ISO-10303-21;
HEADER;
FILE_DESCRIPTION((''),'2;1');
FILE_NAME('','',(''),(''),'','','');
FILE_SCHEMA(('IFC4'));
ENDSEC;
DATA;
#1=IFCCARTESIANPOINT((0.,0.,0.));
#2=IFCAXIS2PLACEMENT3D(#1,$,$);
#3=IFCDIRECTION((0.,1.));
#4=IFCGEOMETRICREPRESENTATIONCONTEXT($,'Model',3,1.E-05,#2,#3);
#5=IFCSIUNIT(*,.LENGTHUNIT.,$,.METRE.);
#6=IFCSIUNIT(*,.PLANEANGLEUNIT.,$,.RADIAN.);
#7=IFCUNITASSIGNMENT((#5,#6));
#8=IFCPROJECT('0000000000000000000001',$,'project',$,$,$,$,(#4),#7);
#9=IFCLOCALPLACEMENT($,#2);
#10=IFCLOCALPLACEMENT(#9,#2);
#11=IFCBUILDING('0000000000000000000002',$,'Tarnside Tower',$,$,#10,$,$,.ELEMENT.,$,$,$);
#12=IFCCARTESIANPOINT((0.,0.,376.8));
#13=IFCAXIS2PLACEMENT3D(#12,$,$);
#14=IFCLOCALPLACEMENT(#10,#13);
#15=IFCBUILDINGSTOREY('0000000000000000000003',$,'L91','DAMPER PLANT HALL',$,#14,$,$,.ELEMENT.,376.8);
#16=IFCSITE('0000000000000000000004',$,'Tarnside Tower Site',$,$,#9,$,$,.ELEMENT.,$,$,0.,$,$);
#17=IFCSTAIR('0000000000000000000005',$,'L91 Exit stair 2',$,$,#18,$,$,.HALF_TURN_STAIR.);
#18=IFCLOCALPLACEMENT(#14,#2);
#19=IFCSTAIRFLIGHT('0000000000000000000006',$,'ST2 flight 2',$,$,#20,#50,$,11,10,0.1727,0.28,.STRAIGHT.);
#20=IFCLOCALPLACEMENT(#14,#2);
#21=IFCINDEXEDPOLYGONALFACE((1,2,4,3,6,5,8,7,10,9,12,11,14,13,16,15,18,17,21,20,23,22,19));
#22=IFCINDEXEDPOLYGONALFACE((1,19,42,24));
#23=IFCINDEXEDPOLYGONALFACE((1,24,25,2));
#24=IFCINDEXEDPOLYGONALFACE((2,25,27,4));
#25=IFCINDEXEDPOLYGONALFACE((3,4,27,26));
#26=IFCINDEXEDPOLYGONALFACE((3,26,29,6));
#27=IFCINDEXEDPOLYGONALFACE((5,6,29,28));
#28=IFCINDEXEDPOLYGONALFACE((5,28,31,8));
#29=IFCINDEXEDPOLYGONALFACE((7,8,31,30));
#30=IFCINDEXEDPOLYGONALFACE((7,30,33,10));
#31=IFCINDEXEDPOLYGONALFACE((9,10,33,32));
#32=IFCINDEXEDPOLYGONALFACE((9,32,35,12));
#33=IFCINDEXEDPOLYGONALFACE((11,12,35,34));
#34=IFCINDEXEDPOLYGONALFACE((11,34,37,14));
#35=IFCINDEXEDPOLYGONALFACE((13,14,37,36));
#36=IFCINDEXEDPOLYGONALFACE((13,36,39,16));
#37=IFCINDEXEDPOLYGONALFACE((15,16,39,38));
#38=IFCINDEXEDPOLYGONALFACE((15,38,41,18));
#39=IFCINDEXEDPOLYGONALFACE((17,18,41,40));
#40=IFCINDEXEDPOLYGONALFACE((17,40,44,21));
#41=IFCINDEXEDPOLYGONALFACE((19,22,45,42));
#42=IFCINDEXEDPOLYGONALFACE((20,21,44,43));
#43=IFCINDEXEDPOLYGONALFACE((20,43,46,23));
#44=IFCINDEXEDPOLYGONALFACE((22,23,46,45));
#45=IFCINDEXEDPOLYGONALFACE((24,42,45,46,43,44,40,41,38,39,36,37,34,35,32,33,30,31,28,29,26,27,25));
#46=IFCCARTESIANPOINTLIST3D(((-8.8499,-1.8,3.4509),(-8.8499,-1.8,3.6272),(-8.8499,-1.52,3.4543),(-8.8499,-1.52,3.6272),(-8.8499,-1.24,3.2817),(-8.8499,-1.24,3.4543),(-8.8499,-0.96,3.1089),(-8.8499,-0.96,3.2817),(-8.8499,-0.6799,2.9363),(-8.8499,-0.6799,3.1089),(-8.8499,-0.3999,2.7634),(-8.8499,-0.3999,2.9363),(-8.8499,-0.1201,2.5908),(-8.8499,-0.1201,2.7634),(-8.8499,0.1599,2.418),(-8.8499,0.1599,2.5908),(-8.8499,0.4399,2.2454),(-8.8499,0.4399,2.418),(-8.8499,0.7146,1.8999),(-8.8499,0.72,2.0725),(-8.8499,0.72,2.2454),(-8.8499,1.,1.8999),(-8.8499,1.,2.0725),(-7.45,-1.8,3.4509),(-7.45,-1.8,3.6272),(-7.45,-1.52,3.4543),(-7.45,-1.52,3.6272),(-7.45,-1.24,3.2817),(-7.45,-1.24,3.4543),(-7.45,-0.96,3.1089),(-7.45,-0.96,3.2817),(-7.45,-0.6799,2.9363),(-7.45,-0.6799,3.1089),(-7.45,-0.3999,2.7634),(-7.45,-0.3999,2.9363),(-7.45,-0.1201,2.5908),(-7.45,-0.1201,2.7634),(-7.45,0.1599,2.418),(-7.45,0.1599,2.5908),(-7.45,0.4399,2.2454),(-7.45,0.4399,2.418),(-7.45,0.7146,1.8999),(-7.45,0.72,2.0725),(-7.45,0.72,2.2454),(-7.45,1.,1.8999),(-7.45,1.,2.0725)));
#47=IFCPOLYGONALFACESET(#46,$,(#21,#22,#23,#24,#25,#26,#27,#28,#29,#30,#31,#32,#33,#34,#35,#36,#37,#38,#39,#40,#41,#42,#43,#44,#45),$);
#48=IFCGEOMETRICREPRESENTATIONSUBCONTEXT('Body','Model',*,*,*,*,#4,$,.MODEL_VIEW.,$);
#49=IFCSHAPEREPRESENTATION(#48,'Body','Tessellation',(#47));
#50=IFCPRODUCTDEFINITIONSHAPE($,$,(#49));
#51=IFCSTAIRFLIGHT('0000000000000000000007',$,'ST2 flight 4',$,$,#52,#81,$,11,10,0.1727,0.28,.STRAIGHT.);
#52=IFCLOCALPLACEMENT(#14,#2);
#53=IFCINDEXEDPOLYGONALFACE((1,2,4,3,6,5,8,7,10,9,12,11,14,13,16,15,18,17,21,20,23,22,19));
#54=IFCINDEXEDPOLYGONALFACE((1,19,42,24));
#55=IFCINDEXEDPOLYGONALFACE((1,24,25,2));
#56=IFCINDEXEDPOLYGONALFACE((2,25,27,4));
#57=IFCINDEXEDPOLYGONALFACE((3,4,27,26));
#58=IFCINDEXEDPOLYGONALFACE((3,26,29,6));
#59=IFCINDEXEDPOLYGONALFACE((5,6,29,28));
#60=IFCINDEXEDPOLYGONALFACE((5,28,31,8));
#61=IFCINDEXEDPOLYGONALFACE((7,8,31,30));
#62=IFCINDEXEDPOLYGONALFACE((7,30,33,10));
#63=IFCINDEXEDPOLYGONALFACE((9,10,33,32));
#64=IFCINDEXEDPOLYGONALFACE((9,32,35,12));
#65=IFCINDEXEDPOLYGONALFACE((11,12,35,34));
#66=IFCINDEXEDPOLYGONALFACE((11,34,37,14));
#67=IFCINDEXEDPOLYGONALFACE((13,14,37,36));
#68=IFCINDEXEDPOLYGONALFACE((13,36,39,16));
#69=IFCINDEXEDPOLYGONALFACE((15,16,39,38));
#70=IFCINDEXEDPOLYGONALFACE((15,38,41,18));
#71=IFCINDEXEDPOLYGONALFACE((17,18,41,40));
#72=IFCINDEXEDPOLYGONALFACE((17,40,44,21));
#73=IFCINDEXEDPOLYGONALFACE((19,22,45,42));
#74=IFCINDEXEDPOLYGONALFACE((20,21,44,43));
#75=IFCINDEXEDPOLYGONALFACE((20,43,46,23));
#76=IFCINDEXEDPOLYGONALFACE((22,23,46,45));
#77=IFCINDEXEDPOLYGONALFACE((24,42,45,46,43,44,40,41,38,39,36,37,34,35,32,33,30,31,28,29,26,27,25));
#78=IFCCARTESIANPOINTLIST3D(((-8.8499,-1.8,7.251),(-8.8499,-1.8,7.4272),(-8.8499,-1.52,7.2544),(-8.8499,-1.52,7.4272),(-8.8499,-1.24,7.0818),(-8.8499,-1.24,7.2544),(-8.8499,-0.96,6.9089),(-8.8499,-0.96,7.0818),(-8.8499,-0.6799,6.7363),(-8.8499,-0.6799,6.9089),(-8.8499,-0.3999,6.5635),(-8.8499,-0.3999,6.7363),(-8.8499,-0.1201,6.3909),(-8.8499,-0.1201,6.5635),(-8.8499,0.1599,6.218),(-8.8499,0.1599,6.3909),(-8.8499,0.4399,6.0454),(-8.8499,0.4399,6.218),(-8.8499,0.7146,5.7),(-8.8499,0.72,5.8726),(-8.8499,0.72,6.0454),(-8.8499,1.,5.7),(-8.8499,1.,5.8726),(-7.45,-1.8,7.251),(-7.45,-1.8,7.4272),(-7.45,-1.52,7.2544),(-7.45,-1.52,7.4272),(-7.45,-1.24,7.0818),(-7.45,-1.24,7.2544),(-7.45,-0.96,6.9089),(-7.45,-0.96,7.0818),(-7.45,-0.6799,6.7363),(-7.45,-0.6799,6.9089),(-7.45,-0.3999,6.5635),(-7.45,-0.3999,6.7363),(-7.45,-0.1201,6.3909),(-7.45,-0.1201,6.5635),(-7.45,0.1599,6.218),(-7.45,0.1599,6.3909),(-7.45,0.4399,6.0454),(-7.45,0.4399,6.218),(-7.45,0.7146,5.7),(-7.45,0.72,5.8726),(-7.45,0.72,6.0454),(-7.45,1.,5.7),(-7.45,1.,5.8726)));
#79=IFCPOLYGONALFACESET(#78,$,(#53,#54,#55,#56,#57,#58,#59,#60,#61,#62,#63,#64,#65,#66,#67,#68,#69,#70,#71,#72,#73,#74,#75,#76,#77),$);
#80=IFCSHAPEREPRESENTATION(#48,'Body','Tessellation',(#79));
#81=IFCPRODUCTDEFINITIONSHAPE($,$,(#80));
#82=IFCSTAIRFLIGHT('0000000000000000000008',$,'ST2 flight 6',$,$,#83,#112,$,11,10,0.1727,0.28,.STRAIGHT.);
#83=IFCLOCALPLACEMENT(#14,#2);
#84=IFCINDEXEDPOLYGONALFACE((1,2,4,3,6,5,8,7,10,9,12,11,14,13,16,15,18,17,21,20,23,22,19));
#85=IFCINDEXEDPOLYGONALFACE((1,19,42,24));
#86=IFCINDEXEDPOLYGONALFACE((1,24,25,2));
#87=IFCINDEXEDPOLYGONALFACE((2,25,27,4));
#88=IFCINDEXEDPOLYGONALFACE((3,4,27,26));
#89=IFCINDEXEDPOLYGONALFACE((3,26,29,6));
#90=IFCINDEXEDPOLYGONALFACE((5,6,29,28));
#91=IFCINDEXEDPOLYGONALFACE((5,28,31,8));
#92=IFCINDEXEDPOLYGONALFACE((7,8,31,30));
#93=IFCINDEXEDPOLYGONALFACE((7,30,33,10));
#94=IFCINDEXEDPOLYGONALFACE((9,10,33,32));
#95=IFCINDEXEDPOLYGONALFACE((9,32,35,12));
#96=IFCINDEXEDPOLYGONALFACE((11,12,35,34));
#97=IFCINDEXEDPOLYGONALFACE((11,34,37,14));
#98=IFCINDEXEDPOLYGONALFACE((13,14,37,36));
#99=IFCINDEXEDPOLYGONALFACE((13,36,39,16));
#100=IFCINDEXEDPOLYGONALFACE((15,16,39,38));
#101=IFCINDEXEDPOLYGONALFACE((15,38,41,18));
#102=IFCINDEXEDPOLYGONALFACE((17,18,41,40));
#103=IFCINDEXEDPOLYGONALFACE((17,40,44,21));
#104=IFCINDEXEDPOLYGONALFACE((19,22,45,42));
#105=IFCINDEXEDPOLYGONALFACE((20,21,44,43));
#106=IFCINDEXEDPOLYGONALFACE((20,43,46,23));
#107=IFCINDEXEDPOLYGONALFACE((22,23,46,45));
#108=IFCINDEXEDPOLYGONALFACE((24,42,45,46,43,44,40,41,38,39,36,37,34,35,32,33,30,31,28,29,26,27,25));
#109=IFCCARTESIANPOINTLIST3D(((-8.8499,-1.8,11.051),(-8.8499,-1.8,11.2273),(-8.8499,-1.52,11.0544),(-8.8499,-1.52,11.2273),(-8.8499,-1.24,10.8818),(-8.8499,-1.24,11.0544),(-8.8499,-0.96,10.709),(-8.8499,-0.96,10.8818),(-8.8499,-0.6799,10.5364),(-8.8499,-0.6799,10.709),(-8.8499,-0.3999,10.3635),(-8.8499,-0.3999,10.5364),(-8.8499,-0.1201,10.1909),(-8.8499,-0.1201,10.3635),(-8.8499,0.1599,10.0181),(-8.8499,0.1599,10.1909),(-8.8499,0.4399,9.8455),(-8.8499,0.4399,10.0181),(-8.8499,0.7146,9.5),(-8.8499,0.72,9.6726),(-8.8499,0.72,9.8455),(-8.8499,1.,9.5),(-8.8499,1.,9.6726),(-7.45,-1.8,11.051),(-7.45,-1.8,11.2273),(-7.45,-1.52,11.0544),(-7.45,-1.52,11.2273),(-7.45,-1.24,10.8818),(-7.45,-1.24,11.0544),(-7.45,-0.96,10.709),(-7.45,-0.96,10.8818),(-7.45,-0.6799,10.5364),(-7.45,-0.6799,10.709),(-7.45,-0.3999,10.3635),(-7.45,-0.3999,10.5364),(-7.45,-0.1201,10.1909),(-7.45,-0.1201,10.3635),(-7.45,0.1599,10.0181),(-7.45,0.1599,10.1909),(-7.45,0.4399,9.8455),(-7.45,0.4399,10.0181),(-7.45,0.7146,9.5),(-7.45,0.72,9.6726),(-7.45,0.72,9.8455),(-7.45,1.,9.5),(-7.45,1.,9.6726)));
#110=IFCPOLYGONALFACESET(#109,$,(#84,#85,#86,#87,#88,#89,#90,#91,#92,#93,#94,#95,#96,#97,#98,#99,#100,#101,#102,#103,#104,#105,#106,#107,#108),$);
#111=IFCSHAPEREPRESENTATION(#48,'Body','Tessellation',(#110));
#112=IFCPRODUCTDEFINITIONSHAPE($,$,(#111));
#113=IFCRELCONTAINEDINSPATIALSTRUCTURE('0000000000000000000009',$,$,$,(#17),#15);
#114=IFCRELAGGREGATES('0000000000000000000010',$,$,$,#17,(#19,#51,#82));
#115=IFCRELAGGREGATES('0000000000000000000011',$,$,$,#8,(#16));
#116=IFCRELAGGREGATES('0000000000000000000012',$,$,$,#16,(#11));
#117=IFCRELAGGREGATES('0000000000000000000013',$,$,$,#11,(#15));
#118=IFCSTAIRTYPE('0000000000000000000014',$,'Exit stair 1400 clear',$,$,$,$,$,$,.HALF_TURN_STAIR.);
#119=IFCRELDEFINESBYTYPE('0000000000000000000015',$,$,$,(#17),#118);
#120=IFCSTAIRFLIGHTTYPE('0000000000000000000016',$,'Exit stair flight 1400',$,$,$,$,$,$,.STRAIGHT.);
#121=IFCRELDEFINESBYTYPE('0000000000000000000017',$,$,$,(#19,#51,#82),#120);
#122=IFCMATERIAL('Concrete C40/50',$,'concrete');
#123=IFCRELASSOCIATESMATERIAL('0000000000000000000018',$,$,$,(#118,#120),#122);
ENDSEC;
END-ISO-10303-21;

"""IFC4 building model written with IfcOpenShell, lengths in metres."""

from ifc_helpers import new_model, si_unit, direction, frame, origin, place, context, subcontext, project, spatial, polyline, outline, extrude, material, type_object, element, aggregate, save


model = new_model("IFC4")

# Units and contexts
model_context = context("Model", 3, precision=1e-05, world=origin(), true_north=direction((0.0, 1.0)))
body_context = subcontext(model_context, "Body", "Model", "MODEL_VIEW")
ifc_project = project(units=[si_unit("LENGTHUNIT", "METRE"), si_unit("PLANEANGLEUNIT", "RADIAN")], contexts=[model_context])

# Site, building, storey
site_placement = place(None, origin())
site = spatial("IfcSite", under=ifc_project, at=site_placement, Name="Tarnside Tower Site", CompositionType="ELEMENT", RefElevation=0.0)
building_placement = place(site_placement, origin())
building = spatial("IfcBuilding", under=site, at=building_placement, Name="Tarnside Tower", CompositionType="ELEMENT")
storey_placement = place(building_placement, frame((0.0, 0.0, 376.8)))
storey = spatial("IfcBuildingStorey", under=building, at=storey_placement, Name="L91", Description="DAMPER PLANT HALL", CompositionType="ELEMENT", Elevation=376.8)

# Shared definitions
ifc_material_1 = material(Name="Concrete C40/50", Category="concrete")
stair_type = type_object("IfcStairType", Name="Exit stair 1400 clear", PredefinedType="HALF_TURN_STAIR", material=ifc_material_1)

# Stair, stair flights
stair_1_placement = place(storey_placement, origin())
stair_1 = element("IfcStair", 1, at=stair_1_placement, inside=storey, type_object=stair_type, Name="L91 Exit stair 2", PredefinedType="HALF_TURN_STAIR")
stair_flight_type = type_object("IfcStairFlightType", Name="Exit stair flight 1400", PredefinedType="STRAIGHT", material=ifc_material_1)
stair_flight_1_placement = place(storey_placement, frame((-8.1499, 1.0, 1.8999), z_axis=(0.0, 0.0, 1.0), x_axis=(0.0, -1.0, 0.0)))
stair_flight_1 = element("IfcStairFlight", 2, at=stair_flight_1_placement, type_object=stair_flight_type, Name="ST2 flight 2", NumberOfRisers=11, NumberOfTreads=10, PredefinedType="STRAIGHT", RiserHeight=0.1727, TreadLength=0.28, context=body_context, shape_type="SweptSolid", body=[
    extrude(outline(polyline([(0.0, 0.0), (0.0, 0.1726), (0.28, 0.1726), (0.28, 0.3455), (0.5601, 0.3455), (0.5601, 0.5181), (0.8401, 0.5181), (0.8401, 0.6909), (1.1201, 0.6909), (1.1201, 0.8635), (1.3999, 0.8635), (1.3999, 1.0364), (1.6799, 1.0364), (1.6799, 1.209), (1.96, 1.209), (1.96, 1.3818), (2.24, 1.3818), (2.24, 1.5544), (2.52, 1.5544), (2.52, 1.7273), (2.8, 1.7273), (2.8, 1.8999), (2.8, 1.551), (0.2854, 0.0), (0.0, 0.0)])), frame((0.0, 0.7, 0.0), z_axis=(0.0, -1.0, 0.0), x_axis=(1.0, 0.0, 0.0)), (0.0, 0.0, 1.0), 1.3999),
])
stair_flight_2_placement = place(storey_placement, frame((-8.1499, 1.0, 5.7), z_axis=(0.0, 0.0, 1.0), x_axis=(0.0, -1.0, 0.0)))
stair_flight_2 = element("IfcStairFlight", 3, at=stair_flight_2_placement, type_object=stair_flight_type, Name="ST2 flight 4", NumberOfRisers=11, NumberOfTreads=10, PredefinedType="STRAIGHT", RiserHeight=0.1727, TreadLength=0.28, context=body_context, shape_type="SweptSolid", body=[
    extrude(outline(polyline([(0.0, 0.0), (0.0, 0.1726), (0.28, 0.1726), (0.28, 0.3455), (0.5601, 0.3455), (0.5601, 0.5181), (0.8401, 0.5181), (0.8401, 0.6909), (1.1201, 0.6909), (1.1201, 0.8635), (1.3999, 0.8635), (1.3999, 1.0364), (1.6799, 1.0364), (1.6799, 1.209), (1.96, 1.209), (1.96, 1.3818), (2.24, 1.3818), (2.24, 1.5544), (2.52, 1.5544), (2.52, 1.7273), (2.8, 1.7273), (2.8, 1.8999), (2.8, 1.551), (0.2854, 0.0), (0.0, 0.0)])), frame((0.0, 0.7, 0.0), z_axis=(0.0, -1.0, 0.0), x_axis=(1.0, 0.0, 0.0)), (0.0, 0.0, 1.0), 1.3999),
])
stair_flight_3_placement = place(storey_placement, frame((-8.1499, 1.0, 9.5), z_axis=(0.0, 0.0, 1.0), x_axis=(0.0, -1.0, 0.0)))
stair_flight_3 = element("IfcStairFlight", 4, at=stair_flight_3_placement, type_object=stair_flight_type, Name="ST2 flight 6", NumberOfRisers=11, NumberOfTreads=10, PredefinedType="STRAIGHT", RiserHeight=0.1727, TreadLength=0.28, context=body_context, shape_type="SweptSolid", body=[
    extrude(outline(polyline([(0.0, 0.0), (0.0, 0.1726), (0.28, 0.1726), (0.28, 0.3455), (0.5601, 0.3455), (0.5601, 0.5181), (0.8401, 0.5181), (0.8401, 0.6909), (1.1201, 0.6909), (1.1201, 0.8635), (1.3999, 0.8635), (1.3999, 1.0364), (1.6799, 1.0364), (1.6799, 1.209), (1.96, 1.209), (1.96, 1.3818), (2.24, 1.3818), (2.24, 1.5544), (2.52, 1.5544), (2.52, 1.7273), (2.8, 1.7273), (2.8, 1.8999), (2.8, 1.551), (0.2854, 0.0), (0.0, 0.0)])), frame((0.0, 0.7, 0.0), z_axis=(0.0, -1.0, 0.0), x_axis=(1.0, 0.0, 0.0)), (0.0, 0.0, 1.0), 1.3999),
])
aggregate(stair_1, [stair_flight_1, stair_flight_2, stair_flight_3])

save(model, "model.ifc")
